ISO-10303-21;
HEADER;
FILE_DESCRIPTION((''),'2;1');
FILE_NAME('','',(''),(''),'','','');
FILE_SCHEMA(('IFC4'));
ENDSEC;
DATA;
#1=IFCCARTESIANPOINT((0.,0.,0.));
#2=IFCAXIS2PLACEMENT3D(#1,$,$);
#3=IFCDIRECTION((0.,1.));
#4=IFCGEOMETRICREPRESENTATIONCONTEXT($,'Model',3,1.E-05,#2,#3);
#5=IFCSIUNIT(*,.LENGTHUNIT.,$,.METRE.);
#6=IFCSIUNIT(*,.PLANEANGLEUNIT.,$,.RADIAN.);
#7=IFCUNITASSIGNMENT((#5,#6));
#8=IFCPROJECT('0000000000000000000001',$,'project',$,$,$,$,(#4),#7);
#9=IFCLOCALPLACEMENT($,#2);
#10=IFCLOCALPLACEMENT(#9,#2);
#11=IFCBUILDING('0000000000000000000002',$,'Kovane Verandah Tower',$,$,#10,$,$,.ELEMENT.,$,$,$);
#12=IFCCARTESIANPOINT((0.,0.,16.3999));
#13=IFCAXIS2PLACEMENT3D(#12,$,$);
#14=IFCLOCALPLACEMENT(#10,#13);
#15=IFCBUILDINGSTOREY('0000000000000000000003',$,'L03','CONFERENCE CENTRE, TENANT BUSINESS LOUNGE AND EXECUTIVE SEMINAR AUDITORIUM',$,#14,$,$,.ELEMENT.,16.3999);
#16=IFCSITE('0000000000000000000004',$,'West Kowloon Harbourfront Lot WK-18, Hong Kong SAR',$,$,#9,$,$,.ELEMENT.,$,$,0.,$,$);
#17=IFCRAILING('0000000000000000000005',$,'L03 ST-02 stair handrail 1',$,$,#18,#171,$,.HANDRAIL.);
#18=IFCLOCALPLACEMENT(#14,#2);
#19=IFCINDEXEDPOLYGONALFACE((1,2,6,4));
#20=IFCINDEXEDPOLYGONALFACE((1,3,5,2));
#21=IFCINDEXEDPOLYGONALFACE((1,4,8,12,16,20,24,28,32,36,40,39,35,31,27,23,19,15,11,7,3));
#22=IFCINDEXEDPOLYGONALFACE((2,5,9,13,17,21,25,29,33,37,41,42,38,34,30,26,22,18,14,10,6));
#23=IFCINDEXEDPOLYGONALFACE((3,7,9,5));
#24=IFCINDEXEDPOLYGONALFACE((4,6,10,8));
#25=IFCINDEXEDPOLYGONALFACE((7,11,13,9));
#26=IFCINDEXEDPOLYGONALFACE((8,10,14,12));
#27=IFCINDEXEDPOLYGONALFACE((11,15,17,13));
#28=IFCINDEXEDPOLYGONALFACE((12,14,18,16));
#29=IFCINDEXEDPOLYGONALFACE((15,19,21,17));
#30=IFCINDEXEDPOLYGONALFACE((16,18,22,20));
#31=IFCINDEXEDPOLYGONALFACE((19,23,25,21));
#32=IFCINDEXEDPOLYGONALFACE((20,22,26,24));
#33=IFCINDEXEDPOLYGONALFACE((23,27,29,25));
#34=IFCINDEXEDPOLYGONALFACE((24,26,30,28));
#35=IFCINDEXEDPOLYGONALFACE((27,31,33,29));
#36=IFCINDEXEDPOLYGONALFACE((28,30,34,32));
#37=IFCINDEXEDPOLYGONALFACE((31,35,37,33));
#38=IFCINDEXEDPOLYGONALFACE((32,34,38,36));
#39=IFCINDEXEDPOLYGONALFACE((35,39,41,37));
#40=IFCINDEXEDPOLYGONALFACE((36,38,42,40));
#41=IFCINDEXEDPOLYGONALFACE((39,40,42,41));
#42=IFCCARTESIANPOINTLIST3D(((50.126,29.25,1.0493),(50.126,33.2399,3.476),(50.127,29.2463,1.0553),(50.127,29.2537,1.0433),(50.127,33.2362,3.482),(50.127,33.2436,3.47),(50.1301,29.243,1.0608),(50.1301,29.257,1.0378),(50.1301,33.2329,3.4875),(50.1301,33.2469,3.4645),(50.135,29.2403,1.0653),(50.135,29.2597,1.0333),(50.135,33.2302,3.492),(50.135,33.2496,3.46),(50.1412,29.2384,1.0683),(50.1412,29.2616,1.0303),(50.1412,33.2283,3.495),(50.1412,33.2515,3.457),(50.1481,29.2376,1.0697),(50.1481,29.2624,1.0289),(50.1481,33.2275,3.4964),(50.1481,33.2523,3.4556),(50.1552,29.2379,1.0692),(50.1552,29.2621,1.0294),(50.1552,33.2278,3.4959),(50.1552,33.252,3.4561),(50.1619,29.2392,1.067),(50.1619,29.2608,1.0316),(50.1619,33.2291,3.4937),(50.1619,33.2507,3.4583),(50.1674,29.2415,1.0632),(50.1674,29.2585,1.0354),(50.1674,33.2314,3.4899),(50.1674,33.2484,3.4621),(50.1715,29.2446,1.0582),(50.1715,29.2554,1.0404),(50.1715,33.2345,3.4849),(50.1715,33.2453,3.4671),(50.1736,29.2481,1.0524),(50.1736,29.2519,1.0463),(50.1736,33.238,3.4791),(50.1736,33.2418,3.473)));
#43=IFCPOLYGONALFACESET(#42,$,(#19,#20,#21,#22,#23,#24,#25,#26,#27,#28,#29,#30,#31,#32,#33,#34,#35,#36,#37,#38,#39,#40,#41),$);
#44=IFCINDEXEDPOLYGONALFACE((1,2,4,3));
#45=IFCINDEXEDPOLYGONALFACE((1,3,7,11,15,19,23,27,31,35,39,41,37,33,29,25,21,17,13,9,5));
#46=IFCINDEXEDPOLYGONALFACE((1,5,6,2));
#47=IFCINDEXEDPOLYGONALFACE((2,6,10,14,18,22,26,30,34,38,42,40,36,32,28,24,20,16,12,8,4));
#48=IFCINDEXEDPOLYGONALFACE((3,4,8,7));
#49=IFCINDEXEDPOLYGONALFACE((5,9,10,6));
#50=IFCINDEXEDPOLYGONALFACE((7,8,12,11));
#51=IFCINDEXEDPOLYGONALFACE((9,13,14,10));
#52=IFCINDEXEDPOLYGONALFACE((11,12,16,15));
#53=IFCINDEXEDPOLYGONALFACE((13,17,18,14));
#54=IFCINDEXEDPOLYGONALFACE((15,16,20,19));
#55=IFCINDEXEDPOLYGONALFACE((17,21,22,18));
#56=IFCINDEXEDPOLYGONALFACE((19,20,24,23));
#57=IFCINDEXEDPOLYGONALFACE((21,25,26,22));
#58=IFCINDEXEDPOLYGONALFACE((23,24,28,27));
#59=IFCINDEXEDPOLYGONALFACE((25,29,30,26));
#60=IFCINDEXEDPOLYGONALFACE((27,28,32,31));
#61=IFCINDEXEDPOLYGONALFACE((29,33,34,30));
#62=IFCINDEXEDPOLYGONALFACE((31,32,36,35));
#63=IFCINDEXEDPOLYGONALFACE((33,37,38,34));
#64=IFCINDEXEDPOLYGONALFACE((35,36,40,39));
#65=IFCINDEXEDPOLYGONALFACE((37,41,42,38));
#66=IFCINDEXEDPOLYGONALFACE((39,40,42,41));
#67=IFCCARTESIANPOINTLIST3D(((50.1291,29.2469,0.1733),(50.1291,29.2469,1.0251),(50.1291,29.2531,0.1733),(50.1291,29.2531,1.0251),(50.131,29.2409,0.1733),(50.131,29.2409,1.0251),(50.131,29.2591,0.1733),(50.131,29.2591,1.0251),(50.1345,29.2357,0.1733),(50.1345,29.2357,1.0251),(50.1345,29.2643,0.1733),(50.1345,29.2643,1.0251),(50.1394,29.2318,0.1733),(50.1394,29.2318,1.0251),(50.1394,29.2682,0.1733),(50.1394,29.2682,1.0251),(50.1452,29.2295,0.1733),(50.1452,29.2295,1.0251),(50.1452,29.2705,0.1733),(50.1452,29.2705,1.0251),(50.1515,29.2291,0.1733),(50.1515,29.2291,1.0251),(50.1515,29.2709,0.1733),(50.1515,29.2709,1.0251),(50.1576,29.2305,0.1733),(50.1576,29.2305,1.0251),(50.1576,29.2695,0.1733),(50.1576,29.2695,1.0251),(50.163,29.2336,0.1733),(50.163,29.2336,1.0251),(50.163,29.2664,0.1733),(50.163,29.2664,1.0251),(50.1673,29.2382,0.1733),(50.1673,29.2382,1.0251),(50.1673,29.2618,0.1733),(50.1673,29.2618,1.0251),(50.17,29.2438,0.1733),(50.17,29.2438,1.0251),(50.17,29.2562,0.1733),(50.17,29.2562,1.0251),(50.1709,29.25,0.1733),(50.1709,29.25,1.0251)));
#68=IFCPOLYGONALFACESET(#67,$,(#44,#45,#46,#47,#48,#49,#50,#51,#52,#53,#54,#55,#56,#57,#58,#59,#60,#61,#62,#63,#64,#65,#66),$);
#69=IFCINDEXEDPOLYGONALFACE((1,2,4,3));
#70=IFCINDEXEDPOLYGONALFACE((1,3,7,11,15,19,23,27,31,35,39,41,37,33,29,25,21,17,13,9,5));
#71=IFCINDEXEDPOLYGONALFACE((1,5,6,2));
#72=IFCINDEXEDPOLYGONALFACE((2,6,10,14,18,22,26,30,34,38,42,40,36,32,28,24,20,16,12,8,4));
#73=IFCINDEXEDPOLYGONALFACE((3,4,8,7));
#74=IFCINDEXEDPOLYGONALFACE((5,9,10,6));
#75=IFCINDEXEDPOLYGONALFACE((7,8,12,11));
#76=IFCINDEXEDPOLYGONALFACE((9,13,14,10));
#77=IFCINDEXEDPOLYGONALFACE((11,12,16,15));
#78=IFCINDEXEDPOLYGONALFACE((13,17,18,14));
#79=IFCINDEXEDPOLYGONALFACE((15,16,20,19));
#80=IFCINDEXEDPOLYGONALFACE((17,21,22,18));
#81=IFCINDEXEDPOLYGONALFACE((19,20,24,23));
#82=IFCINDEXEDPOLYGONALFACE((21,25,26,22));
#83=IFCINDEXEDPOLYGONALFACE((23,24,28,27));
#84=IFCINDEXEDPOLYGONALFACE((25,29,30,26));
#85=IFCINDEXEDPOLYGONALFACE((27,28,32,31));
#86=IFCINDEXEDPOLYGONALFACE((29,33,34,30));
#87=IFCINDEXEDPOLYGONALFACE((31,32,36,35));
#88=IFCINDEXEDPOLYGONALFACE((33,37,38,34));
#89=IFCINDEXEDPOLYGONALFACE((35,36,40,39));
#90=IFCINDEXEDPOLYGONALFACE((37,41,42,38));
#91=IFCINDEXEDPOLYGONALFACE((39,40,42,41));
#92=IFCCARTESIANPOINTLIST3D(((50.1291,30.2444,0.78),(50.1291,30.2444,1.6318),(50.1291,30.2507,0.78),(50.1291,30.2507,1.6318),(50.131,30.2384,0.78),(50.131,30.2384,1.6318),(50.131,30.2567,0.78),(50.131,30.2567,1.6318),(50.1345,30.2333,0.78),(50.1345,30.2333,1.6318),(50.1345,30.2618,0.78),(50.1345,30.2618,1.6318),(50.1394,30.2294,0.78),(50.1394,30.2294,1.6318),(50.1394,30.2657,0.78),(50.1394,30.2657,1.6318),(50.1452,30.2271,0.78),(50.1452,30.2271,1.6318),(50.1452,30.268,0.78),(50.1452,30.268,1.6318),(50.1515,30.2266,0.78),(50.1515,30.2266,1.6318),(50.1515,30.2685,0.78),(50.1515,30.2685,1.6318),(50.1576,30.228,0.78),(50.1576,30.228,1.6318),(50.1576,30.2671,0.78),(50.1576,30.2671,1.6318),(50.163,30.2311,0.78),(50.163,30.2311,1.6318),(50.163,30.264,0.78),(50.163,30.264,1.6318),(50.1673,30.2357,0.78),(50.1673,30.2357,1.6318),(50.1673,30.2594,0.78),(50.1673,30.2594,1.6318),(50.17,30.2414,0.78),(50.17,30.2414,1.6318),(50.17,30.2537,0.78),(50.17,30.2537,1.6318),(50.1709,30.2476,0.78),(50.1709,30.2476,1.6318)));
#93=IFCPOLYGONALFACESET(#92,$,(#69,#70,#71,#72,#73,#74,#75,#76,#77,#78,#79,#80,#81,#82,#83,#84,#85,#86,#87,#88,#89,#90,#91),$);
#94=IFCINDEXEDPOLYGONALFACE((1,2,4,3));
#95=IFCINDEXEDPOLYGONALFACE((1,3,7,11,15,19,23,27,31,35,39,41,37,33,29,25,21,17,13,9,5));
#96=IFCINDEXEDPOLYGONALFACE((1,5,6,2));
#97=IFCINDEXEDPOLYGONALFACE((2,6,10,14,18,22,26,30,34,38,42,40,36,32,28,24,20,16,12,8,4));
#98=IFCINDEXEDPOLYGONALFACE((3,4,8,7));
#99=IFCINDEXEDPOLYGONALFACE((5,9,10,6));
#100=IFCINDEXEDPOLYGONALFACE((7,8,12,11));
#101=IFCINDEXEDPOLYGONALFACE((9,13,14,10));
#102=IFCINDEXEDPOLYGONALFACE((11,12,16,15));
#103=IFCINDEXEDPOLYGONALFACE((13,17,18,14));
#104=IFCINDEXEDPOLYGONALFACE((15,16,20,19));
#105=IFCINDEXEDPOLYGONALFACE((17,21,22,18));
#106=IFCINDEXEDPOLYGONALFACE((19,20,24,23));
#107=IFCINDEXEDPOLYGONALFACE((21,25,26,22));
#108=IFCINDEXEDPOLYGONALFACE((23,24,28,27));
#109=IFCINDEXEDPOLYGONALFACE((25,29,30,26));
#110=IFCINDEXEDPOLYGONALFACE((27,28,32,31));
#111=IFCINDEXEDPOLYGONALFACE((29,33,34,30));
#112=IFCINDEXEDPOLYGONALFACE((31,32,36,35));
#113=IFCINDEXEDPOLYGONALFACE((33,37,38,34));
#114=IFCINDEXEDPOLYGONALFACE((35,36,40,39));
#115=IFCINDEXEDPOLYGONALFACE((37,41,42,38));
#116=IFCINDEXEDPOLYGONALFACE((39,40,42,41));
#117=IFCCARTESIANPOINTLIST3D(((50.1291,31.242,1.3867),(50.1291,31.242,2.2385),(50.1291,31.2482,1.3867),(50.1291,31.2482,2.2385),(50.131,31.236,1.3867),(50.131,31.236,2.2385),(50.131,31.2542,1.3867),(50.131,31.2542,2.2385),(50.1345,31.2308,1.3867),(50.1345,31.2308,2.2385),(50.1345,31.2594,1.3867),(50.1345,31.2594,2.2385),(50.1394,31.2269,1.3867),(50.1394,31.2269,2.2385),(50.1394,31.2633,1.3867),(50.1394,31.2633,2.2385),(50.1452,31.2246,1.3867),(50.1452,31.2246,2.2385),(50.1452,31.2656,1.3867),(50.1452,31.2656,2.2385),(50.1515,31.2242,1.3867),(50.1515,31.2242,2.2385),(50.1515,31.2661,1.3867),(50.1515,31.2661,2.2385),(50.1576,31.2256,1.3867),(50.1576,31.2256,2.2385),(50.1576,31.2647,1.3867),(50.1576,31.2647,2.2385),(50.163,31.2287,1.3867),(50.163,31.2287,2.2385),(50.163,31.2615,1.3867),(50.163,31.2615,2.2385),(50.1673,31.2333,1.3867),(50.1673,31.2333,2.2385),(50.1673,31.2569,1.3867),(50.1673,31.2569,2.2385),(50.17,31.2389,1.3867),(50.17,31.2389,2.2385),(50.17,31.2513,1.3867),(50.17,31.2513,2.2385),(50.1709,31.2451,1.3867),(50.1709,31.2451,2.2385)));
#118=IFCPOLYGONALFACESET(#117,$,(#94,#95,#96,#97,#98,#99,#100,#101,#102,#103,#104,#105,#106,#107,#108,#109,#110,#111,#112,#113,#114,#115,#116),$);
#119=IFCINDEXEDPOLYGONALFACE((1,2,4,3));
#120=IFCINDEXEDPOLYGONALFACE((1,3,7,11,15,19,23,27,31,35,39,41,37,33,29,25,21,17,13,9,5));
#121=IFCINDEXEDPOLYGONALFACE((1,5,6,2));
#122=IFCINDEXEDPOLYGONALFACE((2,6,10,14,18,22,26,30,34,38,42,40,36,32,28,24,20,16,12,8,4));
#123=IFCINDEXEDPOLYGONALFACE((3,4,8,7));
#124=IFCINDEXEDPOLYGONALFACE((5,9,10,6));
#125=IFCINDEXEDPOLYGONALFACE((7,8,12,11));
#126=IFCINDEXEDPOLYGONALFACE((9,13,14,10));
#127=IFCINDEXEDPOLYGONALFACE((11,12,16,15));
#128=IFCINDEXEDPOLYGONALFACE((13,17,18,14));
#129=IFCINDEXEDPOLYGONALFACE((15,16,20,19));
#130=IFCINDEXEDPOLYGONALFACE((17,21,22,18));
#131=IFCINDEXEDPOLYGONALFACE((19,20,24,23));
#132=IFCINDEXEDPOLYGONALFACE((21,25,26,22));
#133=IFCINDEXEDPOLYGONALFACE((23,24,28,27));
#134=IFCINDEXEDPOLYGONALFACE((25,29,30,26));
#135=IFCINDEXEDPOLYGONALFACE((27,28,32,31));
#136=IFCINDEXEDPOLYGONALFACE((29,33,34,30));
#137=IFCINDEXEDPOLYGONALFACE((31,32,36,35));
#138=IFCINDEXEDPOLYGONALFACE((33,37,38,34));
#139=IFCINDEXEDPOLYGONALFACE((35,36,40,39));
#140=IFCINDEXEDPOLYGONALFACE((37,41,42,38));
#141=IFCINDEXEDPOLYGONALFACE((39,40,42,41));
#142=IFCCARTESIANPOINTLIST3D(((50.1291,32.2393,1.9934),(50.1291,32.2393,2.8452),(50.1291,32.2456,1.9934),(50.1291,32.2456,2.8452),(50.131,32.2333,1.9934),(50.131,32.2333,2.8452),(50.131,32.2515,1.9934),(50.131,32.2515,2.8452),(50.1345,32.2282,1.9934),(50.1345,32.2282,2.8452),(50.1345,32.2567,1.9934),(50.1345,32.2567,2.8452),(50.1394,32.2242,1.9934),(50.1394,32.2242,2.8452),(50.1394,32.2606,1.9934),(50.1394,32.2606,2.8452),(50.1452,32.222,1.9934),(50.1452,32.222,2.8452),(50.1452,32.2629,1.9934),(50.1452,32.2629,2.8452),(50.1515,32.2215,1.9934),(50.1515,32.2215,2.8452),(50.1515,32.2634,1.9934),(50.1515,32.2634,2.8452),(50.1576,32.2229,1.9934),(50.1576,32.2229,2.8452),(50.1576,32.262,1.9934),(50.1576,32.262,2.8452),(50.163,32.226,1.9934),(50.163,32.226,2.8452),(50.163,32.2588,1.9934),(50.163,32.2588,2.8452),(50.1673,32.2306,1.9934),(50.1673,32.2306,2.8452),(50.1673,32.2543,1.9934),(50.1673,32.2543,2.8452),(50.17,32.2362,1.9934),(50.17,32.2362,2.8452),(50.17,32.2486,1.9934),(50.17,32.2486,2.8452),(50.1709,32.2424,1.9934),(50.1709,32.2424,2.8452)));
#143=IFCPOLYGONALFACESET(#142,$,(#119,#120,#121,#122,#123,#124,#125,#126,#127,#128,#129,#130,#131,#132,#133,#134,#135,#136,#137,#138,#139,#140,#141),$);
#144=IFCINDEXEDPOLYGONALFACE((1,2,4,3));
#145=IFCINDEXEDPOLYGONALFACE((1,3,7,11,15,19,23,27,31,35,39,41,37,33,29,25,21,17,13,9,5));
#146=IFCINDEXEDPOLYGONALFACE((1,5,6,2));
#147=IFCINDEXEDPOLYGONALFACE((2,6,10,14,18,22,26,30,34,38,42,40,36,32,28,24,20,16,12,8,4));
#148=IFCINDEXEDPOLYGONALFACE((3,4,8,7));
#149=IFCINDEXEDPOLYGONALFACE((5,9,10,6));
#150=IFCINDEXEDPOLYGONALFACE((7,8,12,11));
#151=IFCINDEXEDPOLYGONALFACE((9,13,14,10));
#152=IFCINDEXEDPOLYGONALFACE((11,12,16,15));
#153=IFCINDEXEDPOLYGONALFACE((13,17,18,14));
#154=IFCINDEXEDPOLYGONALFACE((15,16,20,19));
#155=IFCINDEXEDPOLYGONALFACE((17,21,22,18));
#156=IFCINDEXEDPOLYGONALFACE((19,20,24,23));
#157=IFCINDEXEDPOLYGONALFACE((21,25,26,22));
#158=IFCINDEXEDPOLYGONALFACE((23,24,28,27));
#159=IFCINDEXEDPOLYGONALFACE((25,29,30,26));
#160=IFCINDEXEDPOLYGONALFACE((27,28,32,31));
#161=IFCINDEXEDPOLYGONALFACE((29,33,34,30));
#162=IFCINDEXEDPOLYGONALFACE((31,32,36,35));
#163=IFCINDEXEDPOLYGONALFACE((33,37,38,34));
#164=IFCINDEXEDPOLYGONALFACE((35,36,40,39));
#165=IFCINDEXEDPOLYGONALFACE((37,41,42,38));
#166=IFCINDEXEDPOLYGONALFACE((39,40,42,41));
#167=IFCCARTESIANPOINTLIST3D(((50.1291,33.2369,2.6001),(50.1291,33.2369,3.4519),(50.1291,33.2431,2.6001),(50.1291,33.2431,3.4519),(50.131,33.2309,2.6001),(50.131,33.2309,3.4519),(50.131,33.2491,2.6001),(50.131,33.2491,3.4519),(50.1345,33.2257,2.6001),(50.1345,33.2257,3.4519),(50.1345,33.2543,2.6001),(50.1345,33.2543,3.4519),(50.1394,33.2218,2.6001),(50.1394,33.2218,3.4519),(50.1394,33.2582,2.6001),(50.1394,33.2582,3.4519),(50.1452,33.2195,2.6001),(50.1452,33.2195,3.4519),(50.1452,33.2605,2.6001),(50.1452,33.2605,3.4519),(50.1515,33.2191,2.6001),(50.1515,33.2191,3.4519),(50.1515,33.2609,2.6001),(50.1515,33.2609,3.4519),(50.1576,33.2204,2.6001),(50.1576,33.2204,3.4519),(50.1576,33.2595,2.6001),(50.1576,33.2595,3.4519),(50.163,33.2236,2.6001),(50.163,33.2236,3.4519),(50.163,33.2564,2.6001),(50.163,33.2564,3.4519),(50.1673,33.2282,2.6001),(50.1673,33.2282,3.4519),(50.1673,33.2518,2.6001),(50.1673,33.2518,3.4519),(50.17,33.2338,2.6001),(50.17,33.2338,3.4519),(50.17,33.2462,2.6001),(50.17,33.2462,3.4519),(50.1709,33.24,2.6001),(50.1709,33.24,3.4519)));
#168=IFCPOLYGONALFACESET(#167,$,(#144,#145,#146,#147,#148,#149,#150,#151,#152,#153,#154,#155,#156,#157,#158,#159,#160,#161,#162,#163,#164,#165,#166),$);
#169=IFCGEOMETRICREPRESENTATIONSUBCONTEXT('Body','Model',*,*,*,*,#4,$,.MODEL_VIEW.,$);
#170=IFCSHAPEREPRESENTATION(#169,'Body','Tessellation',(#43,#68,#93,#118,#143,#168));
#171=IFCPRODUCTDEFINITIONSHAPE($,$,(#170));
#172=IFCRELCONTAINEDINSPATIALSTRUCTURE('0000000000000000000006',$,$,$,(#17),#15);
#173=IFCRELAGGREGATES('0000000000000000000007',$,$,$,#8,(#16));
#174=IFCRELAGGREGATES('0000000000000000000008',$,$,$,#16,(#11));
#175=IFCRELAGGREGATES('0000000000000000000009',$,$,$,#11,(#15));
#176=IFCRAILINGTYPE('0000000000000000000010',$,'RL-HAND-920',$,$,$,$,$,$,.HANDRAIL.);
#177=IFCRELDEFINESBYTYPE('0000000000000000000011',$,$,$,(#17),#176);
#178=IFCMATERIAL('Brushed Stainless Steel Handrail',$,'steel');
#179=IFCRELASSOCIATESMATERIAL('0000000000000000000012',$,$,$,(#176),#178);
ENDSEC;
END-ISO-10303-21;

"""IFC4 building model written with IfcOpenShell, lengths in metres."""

from ifc_helpers import new_model, si_unit, direction, frame, origin, origin_2d, place, context, subcontext, project, spatial, circle, extrude, material, type_object, element, save


model = new_model("IFC4")

# Units and contexts
model_context = context("Model", 3, precision=1e-05, world=origin(), true_north=direction((0.0, 1.0)))
body_context = subcontext(model_context, "Body", "Model", "MODEL_VIEW")
ifc_project = project(units=[si_unit("LENGTHUNIT", "METRE"), si_unit("PLANEANGLEUNIT", "RADIAN")], contexts=[model_context])

# Site, building, storey
site_placement = place(None, origin())
site = spatial("IfcSite", under=ifc_project, at=site_placement, Name="West Kowloon Harbourfront Lot WK-18, Hong Kong SAR", CompositionType="ELEMENT", RefElevation=0.0)
building_placement = place(site_placement, origin())
building = spatial("IfcBuilding", under=site, at=building_placement, Name="Kovane Verandah Tower", CompositionType="ELEMENT")
storey_placement = place(building_placement, frame((0.0, 0.0, 16.3999)))
storey = spatial("IfcBuildingStorey", under=building, at=storey_placement, Name="L03", Description="CONFERENCE CENTRE, TENANT BUSINESS LOUNGE AND EXECUTIVE SEMINAR AUDITORIUM", CompositionType="ELEMENT", Elevation=16.3999)

# Railing
ifc_material_1 = material(Name="Brushed Stainless Steel Handrail", Category="steel")
railing_type_1 = type_object("IfcRailingType", Name="RL-HAND-920", PredefinedType="HANDRAIL", material=ifc_material_1)
railing_1_placement = place(storey_placement, frame((50.1499, 29.25, 0.1733)))
element("IfcRailing", 1, at=railing_1_placement, inside=storey, type_object=railing_type_1, Name="L03 ST-02 stair handrail 1", PredefinedType="HANDRAIL", context=body_context, shape_type="SweptSolid", body=[
    extrude(circle(Radius=0.0239, at=origin_2d()), frame((0.0, 0.0, 0.876), z_axis=(0.0, 0.854382, 0.519645), x_axis=(-1.0, 0.0, 0.0)), (0.0, 0.0, 1.0), 4.6699),
    extrude(circle(Radius=0.021, at=origin_2d()), origin(), (0.0, 0.0, 1.0), 0.8518),
    extrude(circle(Radius=0.021, at=origin_2d()), frame((0.0, 0.9976, 0.6067)), (0.0, 0.0, 1.0), 0.8518),
    extrude(circle(Radius=0.021, at=origin_2d()), frame((0.0, 1.9951, 1.2134)), (0.0, 0.0, 1.0), 0.8518),
    extrude(circle(Radius=0.021, at=origin_2d()), frame((0.0, 2.9924, 1.8201)), (0.0, 0.0, 1.0), 0.8518),
    extrude(circle(Radius=0.021, at=origin_2d()), frame((0.0, 3.99, 2.4268)), (0.0, 0.0, 1.0), 0.8518),
])

save(model, "model.ifc")
